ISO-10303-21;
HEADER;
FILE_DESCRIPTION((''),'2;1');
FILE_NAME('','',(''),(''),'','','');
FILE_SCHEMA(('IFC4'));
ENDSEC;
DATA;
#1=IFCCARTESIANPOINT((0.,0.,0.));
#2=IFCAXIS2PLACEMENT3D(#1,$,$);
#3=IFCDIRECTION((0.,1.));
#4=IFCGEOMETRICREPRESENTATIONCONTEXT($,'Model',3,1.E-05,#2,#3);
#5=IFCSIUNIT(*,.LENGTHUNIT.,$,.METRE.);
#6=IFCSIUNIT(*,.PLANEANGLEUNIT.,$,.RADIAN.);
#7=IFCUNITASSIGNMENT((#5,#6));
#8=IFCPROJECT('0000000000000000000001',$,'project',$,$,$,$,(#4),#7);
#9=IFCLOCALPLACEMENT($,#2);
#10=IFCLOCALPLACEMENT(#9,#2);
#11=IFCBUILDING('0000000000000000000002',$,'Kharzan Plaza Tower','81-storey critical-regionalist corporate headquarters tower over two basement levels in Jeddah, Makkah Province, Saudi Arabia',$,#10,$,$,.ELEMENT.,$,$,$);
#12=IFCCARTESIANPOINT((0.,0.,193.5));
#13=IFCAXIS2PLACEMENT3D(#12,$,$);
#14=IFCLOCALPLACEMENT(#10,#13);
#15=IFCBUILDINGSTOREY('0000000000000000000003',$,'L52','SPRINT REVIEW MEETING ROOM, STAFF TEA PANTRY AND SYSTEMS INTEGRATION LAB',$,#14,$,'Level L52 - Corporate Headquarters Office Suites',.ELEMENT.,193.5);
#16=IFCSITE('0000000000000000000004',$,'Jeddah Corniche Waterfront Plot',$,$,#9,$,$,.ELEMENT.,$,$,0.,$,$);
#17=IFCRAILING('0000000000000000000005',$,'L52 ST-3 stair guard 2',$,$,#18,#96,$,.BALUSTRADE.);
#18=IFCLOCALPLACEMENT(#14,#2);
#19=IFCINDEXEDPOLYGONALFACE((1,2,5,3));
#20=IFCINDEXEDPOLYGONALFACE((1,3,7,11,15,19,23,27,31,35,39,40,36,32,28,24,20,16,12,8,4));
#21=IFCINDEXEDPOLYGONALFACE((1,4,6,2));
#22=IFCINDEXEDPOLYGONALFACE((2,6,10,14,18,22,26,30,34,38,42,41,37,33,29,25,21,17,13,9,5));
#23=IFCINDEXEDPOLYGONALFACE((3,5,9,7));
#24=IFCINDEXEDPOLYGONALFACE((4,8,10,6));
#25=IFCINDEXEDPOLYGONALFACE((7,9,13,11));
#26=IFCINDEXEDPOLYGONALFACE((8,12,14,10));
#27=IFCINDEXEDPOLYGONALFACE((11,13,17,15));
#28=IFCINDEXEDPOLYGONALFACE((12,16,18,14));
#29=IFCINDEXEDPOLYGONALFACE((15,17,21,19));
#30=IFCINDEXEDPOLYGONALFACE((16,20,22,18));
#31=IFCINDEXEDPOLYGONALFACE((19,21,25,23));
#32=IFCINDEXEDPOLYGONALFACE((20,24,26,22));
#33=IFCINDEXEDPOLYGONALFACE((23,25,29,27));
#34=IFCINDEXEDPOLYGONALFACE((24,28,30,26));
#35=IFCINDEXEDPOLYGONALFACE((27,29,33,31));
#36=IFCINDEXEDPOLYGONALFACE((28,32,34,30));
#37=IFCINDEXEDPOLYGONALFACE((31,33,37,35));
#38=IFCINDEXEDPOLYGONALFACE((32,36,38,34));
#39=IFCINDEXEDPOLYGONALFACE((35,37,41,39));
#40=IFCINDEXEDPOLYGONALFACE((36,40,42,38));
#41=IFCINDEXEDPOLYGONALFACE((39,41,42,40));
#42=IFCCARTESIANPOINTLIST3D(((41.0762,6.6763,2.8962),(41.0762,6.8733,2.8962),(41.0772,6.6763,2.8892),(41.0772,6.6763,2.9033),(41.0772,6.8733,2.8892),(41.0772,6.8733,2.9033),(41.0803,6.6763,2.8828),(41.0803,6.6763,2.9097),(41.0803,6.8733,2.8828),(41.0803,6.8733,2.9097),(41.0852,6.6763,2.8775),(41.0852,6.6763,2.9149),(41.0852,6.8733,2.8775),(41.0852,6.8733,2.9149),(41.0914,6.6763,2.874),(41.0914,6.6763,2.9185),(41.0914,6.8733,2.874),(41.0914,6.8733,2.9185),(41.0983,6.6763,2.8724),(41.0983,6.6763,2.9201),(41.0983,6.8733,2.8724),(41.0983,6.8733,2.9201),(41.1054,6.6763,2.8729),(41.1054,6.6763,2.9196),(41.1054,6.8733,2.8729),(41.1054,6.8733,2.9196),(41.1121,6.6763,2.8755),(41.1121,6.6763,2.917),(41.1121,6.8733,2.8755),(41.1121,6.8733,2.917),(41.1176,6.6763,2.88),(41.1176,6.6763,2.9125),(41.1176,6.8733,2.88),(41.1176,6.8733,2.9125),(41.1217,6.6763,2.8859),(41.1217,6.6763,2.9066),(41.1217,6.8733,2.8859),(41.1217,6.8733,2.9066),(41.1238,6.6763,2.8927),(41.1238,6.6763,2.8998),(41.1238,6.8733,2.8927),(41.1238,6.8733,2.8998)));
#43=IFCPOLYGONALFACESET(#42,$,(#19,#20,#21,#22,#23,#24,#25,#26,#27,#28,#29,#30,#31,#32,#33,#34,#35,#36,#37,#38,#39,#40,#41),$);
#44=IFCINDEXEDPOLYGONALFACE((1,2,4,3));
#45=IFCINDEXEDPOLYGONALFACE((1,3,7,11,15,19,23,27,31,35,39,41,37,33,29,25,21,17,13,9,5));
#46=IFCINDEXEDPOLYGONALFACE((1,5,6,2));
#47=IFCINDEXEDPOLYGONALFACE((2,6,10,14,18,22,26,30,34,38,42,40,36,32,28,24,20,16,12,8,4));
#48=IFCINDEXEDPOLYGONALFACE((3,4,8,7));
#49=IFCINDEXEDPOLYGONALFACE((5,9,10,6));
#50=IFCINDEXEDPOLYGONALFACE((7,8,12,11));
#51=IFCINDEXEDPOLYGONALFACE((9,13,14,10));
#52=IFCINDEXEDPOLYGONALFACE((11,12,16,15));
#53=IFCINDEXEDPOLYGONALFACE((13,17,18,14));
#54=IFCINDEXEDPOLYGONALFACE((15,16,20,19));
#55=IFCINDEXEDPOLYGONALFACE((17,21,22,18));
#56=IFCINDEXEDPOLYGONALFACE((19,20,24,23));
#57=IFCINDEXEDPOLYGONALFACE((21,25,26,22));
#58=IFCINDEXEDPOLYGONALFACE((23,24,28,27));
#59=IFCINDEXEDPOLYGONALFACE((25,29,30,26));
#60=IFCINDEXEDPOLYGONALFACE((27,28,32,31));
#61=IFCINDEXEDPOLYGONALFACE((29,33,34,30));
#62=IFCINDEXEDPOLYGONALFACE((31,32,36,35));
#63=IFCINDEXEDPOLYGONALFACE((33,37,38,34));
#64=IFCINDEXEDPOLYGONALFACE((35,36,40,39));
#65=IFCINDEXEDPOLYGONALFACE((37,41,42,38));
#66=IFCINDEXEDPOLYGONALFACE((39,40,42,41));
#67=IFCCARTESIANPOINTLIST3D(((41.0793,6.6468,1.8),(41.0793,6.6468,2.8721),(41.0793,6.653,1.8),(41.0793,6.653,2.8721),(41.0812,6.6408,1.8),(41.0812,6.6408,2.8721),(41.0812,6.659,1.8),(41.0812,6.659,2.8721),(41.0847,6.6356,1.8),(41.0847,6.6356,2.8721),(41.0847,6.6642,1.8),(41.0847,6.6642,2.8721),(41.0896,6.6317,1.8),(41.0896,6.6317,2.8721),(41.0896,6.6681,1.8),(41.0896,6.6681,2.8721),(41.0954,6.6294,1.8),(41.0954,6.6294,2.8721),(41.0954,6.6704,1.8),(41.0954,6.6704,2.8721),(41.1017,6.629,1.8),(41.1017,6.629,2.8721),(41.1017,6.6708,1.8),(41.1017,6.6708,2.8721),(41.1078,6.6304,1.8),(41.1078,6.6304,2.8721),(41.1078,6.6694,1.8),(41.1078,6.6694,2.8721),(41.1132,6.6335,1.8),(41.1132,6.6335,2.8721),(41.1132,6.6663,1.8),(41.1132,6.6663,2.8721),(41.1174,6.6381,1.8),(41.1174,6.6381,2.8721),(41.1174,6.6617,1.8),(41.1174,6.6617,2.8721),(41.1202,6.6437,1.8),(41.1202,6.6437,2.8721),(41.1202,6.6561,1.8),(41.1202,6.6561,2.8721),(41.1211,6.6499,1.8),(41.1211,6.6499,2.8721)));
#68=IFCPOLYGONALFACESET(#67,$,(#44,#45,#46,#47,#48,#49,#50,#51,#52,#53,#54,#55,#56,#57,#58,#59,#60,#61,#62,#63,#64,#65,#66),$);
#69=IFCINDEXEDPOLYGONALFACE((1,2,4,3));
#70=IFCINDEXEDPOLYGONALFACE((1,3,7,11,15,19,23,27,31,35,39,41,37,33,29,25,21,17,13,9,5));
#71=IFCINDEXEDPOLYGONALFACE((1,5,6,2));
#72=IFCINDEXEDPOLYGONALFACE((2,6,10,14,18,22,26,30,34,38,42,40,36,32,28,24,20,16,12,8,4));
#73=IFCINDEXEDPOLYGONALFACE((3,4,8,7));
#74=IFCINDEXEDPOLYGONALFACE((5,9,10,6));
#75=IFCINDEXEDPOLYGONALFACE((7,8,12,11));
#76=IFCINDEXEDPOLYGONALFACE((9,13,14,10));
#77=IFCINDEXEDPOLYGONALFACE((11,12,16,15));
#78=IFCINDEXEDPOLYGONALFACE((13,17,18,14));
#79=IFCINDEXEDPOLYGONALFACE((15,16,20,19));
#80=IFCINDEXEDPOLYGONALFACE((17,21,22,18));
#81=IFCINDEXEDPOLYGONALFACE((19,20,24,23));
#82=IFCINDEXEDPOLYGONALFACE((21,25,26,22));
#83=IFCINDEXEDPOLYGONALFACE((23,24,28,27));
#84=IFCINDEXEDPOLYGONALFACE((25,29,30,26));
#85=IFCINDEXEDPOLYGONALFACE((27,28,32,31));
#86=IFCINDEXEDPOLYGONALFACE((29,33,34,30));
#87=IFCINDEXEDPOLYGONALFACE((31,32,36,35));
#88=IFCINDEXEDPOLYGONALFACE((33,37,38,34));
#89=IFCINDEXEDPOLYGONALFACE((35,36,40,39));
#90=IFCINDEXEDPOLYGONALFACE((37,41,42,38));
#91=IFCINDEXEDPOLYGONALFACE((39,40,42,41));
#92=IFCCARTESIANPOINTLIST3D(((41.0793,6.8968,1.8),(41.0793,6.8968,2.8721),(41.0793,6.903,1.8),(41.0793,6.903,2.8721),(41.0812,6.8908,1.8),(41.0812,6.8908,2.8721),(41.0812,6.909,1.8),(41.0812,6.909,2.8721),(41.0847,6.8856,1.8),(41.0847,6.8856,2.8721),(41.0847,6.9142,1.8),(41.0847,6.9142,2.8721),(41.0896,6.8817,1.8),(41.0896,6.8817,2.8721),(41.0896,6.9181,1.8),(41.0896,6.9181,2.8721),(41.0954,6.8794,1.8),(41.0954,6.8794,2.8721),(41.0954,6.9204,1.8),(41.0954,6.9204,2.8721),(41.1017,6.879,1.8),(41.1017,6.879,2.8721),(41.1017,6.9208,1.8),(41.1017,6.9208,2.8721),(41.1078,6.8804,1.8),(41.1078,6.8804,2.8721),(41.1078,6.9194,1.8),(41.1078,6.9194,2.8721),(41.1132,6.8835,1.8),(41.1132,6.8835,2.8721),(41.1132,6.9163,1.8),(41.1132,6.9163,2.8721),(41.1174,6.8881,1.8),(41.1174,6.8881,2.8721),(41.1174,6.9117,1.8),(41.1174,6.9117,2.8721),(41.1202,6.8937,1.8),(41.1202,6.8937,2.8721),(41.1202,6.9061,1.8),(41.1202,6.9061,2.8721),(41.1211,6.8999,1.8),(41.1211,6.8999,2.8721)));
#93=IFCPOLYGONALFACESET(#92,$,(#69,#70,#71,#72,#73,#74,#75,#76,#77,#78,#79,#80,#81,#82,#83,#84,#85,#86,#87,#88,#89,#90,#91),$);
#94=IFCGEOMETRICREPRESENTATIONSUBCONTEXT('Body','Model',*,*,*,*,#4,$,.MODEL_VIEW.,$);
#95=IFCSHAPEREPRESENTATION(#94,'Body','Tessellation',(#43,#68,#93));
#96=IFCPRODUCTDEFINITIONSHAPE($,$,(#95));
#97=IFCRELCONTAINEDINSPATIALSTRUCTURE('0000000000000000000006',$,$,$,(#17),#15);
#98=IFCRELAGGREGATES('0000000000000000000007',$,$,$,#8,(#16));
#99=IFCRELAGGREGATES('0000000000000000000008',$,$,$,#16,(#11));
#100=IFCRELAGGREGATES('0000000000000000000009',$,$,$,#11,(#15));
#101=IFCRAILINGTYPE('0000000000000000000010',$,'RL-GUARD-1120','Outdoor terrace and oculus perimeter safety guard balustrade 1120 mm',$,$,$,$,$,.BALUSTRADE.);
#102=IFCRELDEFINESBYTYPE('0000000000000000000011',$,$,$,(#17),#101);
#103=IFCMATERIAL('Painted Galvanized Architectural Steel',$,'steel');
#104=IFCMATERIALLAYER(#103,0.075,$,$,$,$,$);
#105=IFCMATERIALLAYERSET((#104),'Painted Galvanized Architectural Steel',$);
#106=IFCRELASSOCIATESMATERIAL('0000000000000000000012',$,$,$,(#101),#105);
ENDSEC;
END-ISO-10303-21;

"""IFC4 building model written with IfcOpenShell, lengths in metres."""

from ifc_helpers import new_model, si_unit, direction, frame, origin, origin_2d, place, context, subcontext, project, spatial, circle, extrude, source, transform, mapped, material, layer, layer_set, type_object, element, save


model = new_model("IFC4")

# Units and contexts
model_context = context("Model", 3, precision=1e-05, world=origin(), true_north=direction((0.0, 1.0)))
body_context = subcontext(model_context, "Body", "Model", "MODEL_VIEW")
ifc_project = project(units=[si_unit("LENGTHUNIT", "METRE"), si_unit("PLANEANGLEUNIT", "RADIAN")], contexts=[model_context])

# Site, building, storey
site_placement = place(None, origin())
site = spatial("IfcSite", under=ifc_project, at=site_placement, Name="Jeddah Corniche Waterfront Plot", CompositionType="ELEMENT", RefElevation=0.0)
building_placement = place(site_placement, origin())
building = spatial("IfcBuilding", under=site, at=building_placement, Name="Kharzan Plaza Tower", Description="81-storey critical-regionalist corporate headquarters tower over two basement levels in Jeddah, Makkah Province, Saudi Arabia", CompositionType="ELEMENT")
storey_placement = place(building_placement, frame((0.0, 0.0, 193.5)))
storey = spatial("IfcBuildingStorey", under=building, at=storey_placement, Name="L52", Description="SPRINT REVIEW MEETING ROOM, STAFF TEA PANTRY AND SYSTEMS INTEGRATION LAB", LongName="Level L52 - Corporate Headquarters Office Suites", CompositionType="ELEMENT", Elevation=193.5)

# Railing
ifc_material_1 = material(Name="Painted Galvanized Architectural Steel", Category="steel")
ifc_layer_1 = layer(ifc_material_1, 0.075)
ifc_layer_set_1 = layer_set([ifc_layer_1], Name="Painted Galvanized Architectural Steel")
railing_type_1 = type_object("IfcRailingType", Name="RL-GUARD-1120", Description="Outdoor terrace and oculus perimeter safety guard balustrade 1120 mm", PredefinedType="BALUSTRADE", material=ifc_layer_set_1)
shared_shape_1 = source(origin(), body_context, "Body", "SweptSolid", [
    extrude(circle(Radius=0.0239, at=origin_2d()), frame((0.0, 0.0264, 1.0962), z_axis=(0.0, 1.0, 0.0), x_axis=(-1.0, 0.0, 0.0)), (0.0, 0.0, 1.0), 0.197),
    extrude(circle(Radius=0.021, at=origin_2d()), origin(), (0.0, 0.0, 1.0), 1.072),
    extrude(circle(Radius=0.021, at=origin_2d()), frame((0.0, 0.25, 0.0)), (0.0, 0.0, 1.0), 1.072),
])
railing_1_placement = place(storey_placement, frame((41.1001, 6.6499, 1.8)))
element("IfcRailing", 1, at=railing_1_placement, inside=storey, type_object=railing_type_1, Name="L52 ST-3 stair guard 2", PredefinedType="BALUSTRADE", context=body_context, shape_type="MappedRepresentation", body=[
    mapped(shared_shape_1, transform((0.0, 0.0, 0.0), x_axis=(1.0, 0.0, 0.0), y_axis=(0.0, 1.0, 0.0), z_axis=(0.0, 0.0, 1.0))),
])

save(model, "model.ifc")
